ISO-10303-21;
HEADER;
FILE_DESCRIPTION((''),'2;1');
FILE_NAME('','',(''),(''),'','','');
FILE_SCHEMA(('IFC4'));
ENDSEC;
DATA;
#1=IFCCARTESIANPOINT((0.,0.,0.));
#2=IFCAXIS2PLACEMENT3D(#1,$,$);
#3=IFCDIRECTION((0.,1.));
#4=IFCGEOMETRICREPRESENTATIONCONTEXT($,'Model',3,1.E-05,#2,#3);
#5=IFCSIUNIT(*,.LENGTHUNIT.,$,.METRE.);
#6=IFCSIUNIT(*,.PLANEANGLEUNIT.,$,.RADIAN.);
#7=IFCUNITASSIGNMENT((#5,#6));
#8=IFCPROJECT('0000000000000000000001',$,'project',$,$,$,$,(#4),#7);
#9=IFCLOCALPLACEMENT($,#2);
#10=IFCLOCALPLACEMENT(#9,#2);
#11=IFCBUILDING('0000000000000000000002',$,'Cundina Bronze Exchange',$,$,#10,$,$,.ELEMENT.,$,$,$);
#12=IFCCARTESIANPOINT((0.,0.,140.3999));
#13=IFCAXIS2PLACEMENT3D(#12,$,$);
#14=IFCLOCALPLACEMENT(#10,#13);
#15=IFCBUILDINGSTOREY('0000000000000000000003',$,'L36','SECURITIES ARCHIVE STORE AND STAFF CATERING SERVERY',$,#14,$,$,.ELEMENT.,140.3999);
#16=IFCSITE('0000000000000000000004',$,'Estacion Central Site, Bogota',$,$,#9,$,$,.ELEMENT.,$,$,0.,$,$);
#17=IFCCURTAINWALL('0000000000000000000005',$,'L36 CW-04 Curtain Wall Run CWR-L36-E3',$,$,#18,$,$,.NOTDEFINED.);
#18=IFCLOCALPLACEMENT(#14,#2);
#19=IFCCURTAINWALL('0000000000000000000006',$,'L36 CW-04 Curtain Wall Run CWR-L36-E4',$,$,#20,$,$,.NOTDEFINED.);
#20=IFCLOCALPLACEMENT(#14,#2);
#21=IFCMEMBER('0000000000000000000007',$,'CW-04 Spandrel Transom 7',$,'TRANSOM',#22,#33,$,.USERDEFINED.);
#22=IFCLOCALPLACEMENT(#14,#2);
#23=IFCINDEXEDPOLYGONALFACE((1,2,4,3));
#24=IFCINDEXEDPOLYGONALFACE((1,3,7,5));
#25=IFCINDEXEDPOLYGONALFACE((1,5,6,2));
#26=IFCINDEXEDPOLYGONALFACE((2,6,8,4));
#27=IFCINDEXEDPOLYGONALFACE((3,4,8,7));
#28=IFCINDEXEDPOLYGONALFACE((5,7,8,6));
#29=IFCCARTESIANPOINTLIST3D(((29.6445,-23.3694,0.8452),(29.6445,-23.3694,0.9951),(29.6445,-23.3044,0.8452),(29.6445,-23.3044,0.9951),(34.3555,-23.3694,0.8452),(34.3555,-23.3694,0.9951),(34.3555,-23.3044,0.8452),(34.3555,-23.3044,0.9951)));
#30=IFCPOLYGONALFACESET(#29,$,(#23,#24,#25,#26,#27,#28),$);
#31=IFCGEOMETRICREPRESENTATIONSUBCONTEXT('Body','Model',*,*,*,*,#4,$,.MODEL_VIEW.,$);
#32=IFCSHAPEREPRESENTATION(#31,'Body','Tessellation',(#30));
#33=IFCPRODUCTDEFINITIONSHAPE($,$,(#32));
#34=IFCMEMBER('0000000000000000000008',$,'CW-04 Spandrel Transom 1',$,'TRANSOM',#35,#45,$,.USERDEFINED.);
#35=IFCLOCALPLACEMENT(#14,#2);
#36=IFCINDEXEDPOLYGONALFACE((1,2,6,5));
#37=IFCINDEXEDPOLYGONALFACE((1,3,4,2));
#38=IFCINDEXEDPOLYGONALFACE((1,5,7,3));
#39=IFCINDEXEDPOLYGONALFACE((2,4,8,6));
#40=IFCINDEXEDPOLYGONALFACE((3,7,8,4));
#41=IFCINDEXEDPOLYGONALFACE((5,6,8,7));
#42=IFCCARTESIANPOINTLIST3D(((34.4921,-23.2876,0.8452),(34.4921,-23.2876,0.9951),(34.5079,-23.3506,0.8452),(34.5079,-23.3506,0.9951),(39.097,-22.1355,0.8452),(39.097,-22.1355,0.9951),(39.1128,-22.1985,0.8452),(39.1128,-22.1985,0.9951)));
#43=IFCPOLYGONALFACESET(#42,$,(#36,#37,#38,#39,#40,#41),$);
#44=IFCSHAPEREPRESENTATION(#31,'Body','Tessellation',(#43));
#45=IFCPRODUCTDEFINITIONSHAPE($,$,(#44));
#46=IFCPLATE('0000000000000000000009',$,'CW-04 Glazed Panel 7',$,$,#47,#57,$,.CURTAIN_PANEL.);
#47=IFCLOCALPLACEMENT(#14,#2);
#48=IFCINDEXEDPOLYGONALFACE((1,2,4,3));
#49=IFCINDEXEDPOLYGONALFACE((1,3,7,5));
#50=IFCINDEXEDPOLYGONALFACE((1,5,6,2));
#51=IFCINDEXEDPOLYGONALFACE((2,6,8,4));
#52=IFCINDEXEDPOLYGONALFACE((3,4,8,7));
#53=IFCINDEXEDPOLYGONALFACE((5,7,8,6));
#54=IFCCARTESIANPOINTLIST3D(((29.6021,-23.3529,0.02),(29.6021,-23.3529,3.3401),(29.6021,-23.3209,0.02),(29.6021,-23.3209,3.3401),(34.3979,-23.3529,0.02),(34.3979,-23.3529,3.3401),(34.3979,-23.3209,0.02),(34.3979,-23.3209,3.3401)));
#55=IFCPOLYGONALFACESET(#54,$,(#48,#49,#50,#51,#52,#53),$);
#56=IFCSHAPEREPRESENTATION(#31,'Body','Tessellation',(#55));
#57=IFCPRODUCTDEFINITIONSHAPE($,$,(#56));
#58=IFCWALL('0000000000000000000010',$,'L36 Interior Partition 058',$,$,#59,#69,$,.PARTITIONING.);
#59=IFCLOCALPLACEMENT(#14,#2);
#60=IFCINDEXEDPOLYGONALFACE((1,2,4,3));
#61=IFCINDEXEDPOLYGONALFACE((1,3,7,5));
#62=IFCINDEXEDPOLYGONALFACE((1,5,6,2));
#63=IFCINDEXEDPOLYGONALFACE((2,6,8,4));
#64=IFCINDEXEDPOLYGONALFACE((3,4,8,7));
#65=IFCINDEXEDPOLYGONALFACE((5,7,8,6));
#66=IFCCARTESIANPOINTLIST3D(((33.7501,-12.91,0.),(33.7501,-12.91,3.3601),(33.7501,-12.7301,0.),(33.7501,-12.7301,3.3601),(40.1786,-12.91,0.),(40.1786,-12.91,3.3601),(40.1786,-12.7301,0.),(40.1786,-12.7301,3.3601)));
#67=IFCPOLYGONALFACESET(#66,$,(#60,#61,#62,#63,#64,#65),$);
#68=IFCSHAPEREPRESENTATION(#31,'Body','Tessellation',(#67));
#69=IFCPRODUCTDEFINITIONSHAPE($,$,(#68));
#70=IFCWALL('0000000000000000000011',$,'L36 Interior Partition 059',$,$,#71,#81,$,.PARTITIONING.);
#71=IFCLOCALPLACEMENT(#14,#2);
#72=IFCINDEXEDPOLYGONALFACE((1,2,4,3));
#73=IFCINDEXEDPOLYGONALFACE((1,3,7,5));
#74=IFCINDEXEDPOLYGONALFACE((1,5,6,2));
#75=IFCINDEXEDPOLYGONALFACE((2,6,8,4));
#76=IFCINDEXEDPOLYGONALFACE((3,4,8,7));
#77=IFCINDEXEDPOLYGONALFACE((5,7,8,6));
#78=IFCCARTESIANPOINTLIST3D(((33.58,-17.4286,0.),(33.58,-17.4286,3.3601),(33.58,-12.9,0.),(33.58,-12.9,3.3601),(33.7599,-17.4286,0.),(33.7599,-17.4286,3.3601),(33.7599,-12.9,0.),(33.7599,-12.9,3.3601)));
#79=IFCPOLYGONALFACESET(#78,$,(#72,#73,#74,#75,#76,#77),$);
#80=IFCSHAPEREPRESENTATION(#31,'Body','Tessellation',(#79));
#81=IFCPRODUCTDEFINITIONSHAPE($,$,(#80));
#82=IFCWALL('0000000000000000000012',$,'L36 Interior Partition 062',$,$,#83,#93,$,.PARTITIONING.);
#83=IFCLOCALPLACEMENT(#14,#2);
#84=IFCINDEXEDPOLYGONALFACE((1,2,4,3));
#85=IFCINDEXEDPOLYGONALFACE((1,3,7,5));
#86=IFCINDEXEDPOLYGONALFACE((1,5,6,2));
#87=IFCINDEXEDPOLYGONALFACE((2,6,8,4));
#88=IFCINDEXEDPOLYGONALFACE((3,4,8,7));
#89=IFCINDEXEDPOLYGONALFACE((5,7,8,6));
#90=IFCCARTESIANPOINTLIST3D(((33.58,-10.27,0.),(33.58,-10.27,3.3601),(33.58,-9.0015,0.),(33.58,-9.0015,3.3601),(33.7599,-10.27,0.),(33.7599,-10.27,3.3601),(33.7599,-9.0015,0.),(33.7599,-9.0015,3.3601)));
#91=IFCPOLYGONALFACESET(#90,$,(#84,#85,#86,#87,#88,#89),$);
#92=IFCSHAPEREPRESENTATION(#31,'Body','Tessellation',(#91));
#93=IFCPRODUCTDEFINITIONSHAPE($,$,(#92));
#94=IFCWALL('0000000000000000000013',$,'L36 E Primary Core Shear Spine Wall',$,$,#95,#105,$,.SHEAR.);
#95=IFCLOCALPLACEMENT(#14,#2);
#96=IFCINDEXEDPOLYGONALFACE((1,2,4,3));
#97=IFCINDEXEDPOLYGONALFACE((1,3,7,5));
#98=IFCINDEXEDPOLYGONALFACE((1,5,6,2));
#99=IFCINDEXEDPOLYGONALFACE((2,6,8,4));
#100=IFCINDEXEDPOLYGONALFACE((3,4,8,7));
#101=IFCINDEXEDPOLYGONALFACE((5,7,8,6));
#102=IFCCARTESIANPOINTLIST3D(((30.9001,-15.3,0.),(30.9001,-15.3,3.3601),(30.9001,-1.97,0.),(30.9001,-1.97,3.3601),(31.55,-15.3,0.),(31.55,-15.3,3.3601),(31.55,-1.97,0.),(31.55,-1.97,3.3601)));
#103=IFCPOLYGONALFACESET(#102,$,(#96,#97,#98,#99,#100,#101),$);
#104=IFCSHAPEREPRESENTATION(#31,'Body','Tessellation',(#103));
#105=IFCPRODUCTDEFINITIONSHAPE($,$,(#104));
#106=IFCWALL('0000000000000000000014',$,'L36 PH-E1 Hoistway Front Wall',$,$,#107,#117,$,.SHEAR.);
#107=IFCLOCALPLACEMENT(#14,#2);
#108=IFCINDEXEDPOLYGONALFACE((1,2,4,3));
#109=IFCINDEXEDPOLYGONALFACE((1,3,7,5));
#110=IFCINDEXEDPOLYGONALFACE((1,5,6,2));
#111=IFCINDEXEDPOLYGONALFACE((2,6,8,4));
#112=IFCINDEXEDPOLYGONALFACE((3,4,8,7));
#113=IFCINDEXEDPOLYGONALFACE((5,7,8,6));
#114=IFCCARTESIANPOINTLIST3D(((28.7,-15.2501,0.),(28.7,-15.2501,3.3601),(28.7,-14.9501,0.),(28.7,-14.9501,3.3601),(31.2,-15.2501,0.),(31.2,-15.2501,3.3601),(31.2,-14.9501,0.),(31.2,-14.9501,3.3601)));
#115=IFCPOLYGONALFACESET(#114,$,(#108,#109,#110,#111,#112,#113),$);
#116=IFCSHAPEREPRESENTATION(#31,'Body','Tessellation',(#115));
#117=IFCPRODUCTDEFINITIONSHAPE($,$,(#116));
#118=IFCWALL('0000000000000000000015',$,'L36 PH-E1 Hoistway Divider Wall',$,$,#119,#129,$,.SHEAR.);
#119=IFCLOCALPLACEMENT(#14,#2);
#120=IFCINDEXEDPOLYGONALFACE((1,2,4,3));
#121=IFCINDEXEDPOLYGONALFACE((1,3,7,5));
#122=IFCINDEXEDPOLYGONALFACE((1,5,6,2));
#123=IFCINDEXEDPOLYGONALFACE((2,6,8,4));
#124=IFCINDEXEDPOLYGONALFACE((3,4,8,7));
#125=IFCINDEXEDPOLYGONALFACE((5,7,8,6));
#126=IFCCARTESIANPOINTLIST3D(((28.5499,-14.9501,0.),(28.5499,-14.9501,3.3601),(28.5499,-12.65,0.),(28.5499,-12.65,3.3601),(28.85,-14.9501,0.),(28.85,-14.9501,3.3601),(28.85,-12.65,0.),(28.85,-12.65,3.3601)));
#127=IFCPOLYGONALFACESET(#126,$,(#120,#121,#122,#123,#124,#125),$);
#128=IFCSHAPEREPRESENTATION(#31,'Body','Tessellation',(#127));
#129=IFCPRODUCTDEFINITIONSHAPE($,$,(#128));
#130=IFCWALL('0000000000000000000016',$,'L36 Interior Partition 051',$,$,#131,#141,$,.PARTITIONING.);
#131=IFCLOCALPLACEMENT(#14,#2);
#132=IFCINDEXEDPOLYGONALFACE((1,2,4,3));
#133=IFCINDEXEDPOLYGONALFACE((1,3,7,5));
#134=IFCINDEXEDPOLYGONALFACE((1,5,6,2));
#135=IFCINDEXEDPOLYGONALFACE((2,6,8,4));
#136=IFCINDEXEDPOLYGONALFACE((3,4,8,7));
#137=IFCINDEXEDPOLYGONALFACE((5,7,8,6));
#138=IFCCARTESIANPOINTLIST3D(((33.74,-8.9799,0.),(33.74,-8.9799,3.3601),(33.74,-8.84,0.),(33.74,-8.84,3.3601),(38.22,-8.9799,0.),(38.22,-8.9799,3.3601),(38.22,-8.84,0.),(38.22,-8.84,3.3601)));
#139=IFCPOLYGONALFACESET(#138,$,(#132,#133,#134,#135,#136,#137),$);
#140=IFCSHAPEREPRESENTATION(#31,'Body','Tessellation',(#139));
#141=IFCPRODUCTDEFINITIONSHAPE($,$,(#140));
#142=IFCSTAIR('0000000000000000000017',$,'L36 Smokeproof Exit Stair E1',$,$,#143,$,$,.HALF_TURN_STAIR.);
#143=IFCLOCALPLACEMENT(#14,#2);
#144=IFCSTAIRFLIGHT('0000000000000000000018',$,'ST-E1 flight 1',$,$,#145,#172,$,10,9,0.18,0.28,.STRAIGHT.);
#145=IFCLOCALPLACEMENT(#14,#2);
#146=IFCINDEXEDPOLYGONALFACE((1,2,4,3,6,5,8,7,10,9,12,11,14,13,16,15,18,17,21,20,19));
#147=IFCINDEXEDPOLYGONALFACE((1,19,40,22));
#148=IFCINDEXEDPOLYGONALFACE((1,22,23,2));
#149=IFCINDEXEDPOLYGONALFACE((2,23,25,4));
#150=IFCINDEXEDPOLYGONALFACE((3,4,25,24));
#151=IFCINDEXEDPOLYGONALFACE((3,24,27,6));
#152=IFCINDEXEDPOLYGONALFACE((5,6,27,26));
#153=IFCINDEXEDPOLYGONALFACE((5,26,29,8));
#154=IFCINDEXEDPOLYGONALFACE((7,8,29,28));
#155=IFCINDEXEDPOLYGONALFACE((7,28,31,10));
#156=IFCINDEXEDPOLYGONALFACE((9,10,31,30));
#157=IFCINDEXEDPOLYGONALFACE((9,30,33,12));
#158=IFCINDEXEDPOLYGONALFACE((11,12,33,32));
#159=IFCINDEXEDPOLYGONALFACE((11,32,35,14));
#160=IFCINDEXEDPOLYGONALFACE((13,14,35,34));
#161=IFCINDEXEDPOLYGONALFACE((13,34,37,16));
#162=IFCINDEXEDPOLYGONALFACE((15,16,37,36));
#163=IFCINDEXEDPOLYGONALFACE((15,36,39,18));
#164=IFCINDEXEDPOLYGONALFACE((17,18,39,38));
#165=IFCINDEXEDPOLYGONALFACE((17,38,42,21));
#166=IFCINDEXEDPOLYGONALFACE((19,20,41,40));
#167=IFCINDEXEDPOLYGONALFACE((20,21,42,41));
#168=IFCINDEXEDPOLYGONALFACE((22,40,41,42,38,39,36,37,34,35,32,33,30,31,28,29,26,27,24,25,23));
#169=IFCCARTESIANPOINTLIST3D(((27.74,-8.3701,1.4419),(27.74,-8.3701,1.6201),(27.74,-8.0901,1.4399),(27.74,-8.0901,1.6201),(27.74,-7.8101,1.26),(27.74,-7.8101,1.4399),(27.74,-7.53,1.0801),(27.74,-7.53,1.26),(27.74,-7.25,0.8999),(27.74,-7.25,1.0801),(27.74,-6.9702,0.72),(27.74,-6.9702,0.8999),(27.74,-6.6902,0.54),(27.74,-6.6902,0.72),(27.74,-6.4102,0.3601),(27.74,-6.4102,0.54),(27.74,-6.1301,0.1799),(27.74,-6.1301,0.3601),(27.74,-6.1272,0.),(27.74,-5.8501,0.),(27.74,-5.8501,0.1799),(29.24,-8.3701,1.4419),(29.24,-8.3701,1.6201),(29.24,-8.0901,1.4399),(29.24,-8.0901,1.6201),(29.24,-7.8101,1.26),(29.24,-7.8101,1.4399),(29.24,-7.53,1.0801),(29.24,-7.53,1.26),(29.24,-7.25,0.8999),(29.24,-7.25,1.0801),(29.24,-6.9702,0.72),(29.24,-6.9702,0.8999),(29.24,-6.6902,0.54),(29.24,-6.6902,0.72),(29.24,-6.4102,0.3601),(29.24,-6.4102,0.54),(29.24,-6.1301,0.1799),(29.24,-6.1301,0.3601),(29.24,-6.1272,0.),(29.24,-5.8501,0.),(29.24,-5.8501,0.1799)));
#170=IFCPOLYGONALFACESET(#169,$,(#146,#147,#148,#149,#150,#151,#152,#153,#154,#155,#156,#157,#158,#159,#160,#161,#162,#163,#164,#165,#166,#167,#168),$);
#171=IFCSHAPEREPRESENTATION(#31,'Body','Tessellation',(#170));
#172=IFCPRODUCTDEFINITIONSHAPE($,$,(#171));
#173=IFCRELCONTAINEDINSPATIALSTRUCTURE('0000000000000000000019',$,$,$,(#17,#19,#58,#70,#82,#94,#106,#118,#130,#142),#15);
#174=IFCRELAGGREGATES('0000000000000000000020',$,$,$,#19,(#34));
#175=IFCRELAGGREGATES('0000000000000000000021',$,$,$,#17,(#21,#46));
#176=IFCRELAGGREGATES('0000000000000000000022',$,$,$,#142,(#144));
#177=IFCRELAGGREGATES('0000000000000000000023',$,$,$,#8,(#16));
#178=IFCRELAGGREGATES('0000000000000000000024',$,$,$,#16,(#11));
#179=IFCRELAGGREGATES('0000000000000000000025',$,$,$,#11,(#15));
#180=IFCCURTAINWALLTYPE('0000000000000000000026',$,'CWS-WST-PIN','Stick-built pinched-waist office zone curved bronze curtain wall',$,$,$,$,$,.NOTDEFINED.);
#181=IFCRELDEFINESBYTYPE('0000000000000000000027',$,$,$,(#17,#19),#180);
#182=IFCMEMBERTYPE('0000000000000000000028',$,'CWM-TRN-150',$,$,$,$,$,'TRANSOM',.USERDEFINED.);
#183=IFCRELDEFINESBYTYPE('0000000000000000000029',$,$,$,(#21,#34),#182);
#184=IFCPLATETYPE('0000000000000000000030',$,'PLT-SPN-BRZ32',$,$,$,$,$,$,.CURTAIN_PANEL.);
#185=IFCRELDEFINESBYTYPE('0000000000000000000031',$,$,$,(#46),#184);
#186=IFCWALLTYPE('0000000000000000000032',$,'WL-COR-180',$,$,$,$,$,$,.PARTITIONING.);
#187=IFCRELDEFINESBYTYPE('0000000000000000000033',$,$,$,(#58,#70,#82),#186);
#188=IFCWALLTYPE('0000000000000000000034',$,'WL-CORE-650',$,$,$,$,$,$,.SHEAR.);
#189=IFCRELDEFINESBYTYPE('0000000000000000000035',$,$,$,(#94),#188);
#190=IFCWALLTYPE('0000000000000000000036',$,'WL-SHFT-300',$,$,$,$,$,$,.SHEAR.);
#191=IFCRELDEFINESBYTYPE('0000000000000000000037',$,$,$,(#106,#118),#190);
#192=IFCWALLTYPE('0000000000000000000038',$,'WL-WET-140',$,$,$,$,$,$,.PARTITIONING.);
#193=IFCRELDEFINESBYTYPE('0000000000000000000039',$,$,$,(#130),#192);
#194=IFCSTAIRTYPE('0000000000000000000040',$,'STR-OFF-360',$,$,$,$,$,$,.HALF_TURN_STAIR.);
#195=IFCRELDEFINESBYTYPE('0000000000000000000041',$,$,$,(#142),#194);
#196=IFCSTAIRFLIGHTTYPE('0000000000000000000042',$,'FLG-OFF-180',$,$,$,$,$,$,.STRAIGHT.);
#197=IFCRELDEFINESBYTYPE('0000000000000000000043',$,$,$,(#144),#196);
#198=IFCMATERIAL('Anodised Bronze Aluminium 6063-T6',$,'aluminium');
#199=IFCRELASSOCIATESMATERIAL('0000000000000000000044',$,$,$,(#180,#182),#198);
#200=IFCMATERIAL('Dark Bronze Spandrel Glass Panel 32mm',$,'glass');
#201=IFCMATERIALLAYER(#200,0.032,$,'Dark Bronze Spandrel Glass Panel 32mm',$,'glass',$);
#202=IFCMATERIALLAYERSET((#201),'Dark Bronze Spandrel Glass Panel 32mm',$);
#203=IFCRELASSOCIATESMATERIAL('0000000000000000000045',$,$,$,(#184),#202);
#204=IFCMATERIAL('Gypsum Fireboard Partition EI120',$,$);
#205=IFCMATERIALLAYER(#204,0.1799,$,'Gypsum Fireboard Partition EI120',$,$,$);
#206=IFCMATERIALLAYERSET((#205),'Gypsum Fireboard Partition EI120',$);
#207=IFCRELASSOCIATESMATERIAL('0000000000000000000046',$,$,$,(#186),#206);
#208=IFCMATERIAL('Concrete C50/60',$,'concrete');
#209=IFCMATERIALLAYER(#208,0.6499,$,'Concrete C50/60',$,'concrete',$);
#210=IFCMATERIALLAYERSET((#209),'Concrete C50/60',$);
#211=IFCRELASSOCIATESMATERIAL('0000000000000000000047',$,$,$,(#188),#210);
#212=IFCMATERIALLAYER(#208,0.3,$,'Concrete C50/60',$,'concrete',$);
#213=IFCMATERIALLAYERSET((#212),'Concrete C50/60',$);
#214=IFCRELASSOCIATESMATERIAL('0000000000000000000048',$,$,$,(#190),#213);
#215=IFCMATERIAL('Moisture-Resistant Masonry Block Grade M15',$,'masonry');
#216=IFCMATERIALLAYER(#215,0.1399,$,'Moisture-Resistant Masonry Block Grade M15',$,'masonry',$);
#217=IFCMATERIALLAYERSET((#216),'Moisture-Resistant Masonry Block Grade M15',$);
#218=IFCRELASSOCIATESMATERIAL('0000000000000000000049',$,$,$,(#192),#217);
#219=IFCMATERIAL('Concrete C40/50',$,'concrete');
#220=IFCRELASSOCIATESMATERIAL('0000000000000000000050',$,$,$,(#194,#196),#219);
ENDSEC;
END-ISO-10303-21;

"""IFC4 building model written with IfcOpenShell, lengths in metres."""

from ifc_helpers import new_model, si_unit, direction, frame, frame_2d, origin, origin_2d, place, context, subcontext, project, spatial, polyline, rectangle, outline, extrude, material, layer, layer_set, material_profile, profile_set, type_object, element, aggregate, save


model = new_model("IFC4")

# Units and contexts
model_context = context("Model", 3, precision=1e-05, world=origin(), true_north=direction((0.0, 1.0)))
body_context = subcontext(model_context, "Body", "Model", "MODEL_VIEW")
ifc_project = project(units=[si_unit("LENGTHUNIT", "METRE"), si_unit("PLANEANGLEUNIT", "RADIAN")], contexts=[model_context])

# Site, building, storey
site_placement = place(None, origin())
site = spatial("IfcSite", under=ifc_project, at=site_placement, Name="Estacion Central Site, Bogota", CompositionType="ELEMENT", RefElevation=0.0)
building_placement = place(site_placement, origin())
building = spatial("IfcBuilding", under=site, at=building_placement, Name="Cundina Bronze Exchange", CompositionType="ELEMENT")
storey_placement = place(building_placement, frame((0.0, 0.0, 140.3999)))
storey = spatial("IfcBuildingStorey", under=building, at=storey_placement, Name="L36", Description="SECURITIES ARCHIVE STORE AND STAFF CATERING SERVERY", CompositionType="ELEMENT", Elevation=140.3999)

# Shared definitions
ifc_material_1 = material(Name="Concrete C50/60", Category="concrete")

# Curtain wall
ifc_material_2 = material(Name="Anodised Bronze Aluminium 6063-T6", Category="aluminium")
curtain_wall_type = type_object("IfcCurtainWallType", Name="CWS-WST-PIN", Description="Stick-built pinched-waist office zone curved bronze curtain wall", PredefinedType="NOTDEFINED", material=ifc_material_2)
curtain_wall_1_placement = place(storey_placement, origin())
curtain_wall_1 = element("IfcCurtainWall", 1, at=curtain_wall_1_placement, inside=storey, type_object=curtain_wall_type, Name="L36 CW-04 Curtain Wall Run CWR-L36-E3", PredefinedType="NOTDEFINED")

# Curtain wall
curtain_wall_2_placement = place(storey_placement, origin())
curtain_wall_2 = element("IfcCurtainWall", 2, at=curtain_wall_2_placement, inside=storey, type_object=curtain_wall_type, Name="L36 CW-04 Curtain Wall Run CWR-L36-E4", PredefinedType="NOTDEFINED")

# Members
ifc_material_profile_1 = material_profile(ifc_material_2, rectangle(XDim=0.0649, YDim=0.1499, at=origin_2d()), Name="AL65X150", Category="aluminium")
ifc_profile_set_1 = profile_set([ifc_material_profile_1], Name="Anodised Bronze Aluminium 6063-T6")
member_type_1 = type_object("IfcMemberType", Name="CWM-TRN-150", ElementType="TRANSOM", PredefinedType="USERDEFINED", material=ifc_profile_set_1)
member_1_placement = place(storey_placement, frame((29.6445, -23.3369, 0.9202), z_axis=(1.0, 0.0, 0.0), x_axis=(0.0, 1.0, 0.0)))
member_1 = element("IfcMember", 3, at=member_1_placement, type_object=member_type_1, Name="CW-04 Spandrel Transom 7", ObjectType="TRANSOM", PredefinedType="USERDEFINED", context=body_context, shape_type="SweptSolid", body=[
    extrude(rectangle(XDim=0.0649, YDim=0.1499, at=origin_2d()), origin(), (0.0, 0.0, 1.0), 4.7109),
])
member_2_placement = place(storey_placement, frame((34.5, -23.3191, 0.9202), z_axis=(0.9701, 0.242705, 0.0), x_axis=(-0.242705, 0.9701, 0.0)))
member_2 = element("IfcMember", 4, at=member_2_placement, type_object=member_type_1, Name="CW-04 Spandrel Transom 1", ObjectType="TRANSOM", PredefinedType="USERDEFINED", context=body_context, shape_type="SweptSolid", body=[
    extrude(rectangle(XDim=0.0649, YDim=0.1499, at=origin_2d()), origin(), (0.0, 0.0, 1.0), 4.7468),
])
aggregate(curtain_wall_2, [member_2])

# Plate
ifc_material_3 = material(Name="Dark Bronze Spandrel Glass Panel 32mm", Category="glass")
ifc_layer_1 = layer(ifc_material_3, 0.032, Name="Dark Bronze Spandrel Glass Panel 32mm", Category="glass")
ifc_layer_set_1 = layer_set([ifc_layer_1], Name="Dark Bronze Spandrel Glass Panel 32mm")
plate_type = type_object("IfcPlateType", Name="PLT-SPN-BRZ32", PredefinedType="CURTAIN_PANEL", material=ifc_layer_set_1)
plate_placement = place(storey_placement, frame((32.0, -23.3369, 0.02), z_axis=(0.0, 0.0, 1.0), x_axis=(1.0, 0.0, 0.0)))
plate = element("IfcPlate", 5, at=plate_placement, type_object=plate_type, Name="CW-04 Glazed Panel 7", PredefinedType="CURTAIN_PANEL", context=body_context, shape_type="SweptSolid", body=[
    extrude(rectangle(XDim=4.7959, YDim=0.032, at=origin_2d()), origin(), (0.0, 0.0, 1.0), 3.3201),
])
aggregate(curtain_wall_1, [member_1, plate])

# Shared definitions
ifc_material_4 = material(Name="Gypsum Fireboard Partition EI120")
ifc_layer_2 = layer(ifc_material_4, 0.1799, Name="Gypsum Fireboard Partition EI120")
ifc_layer_set_2 = layer_set([ifc_layer_2], Name="Gypsum Fireboard Partition EI120")
wall_type_1 = type_object("IfcWallType", Name="WL-COR-180", PredefinedType="PARTITIONING", material=ifc_layer_set_2)

# Walls
wall_1_placement = place(storey_placement, frame((33.75, -12.8201, 0.0), z_axis=(0.0, 0.0, 1.0), x_axis=(1.0, 0.0, 0.0)))
element("IfcWall", 6, at=wall_1_placement, inside=storey, type_object=wall_type_1, Name="L36 Interior Partition 058", PredefinedType="PARTITIONING", context=body_context, shape_type="SweptSolid", body=[
    extrude(rectangle(XDim=6.4285, YDim=0.1799, at=frame_2d((3.2144, 0.0))), origin(), (0.0, 0.0, 1.0), 3.3601),
])
wall_2_placement = place(storey_placement, frame((33.6699, -17.4285, 0.0), z_axis=(0.0, 0.0, 1.0), x_axis=(0.0, 1.0, 0.0)))
element("IfcWall", 7, at=wall_2_placement, inside=storey, type_object=wall_type_1, Name="L36 Interior Partition 059", PredefinedType="PARTITIONING", context=body_context, shape_type="SweptSolid", body=[
    extrude(rectangle(XDim=4.5286, YDim=0.1799, at=frame_2d((2.2642, 0.0))), origin(), (0.0, 0.0, 1.0), 3.3601),
])
wall_3_placement = place(storey_placement, frame((33.6699, -10.27, 0.0), z_axis=(0.0, 0.0, 1.0), x_axis=(0.0, 1.0, 0.0)))
element("IfcWall", 8, at=wall_3_placement, inside=storey, type_object=wall_type_1, Name="L36 Interior Partition 062", PredefinedType="PARTITIONING", context=body_context, shape_type="SweptSolid", body=[
    extrude(rectangle(XDim=1.2686, YDim=0.1799, at=frame_2d((0.6343, 0.0))), origin(), (0.0, 0.0, 1.0), 3.3601),
])
ifc_layer_3 = layer(ifc_material_1, 0.6499, Name="Concrete C50/60", Category="concrete")
ifc_layer_set_3 = layer_set([ifc_layer_3], Name="Concrete C50/60")
wall_type_2 = type_object("IfcWallType", Name="WL-CORE-650", PredefinedType="SHEAR", material=ifc_layer_set_3)
wall_4_placement = place(storey_placement, frame((31.2251, -15.3, 0.0), z_axis=(0.0, 0.0, 1.0), x_axis=(0.0, 1.0, 0.0)))
element("IfcWall", 9, at=wall_4_placement, inside=storey, type_object=wall_type_2, Name="L36 E Primary Core Shear Spine Wall", PredefinedType="SHEAR", context=body_context, shape_type="SweptSolid", body=[
    extrude(rectangle(XDim=13.3301, YDim=0.6499, at=frame_2d((6.665, 0.0))), origin(), (0.0, 0.0, 1.0), 3.3601),
])
ifc_layer_4 = layer(ifc_material_1, 0.3, Name="Concrete C50/60", Category="concrete")
ifc_layer_set_4 = layer_set([ifc_layer_4], Name="Concrete C50/60")
wall_type_3 = type_object("IfcWallType", Name="WL-SHFT-300", PredefinedType="SHEAR", material=ifc_layer_set_4)
wall_5_placement = place(storey_placement, frame((28.7, -15.1001, 0.0), z_axis=(0.0, 0.0, 1.0), x_axis=(1.0, 0.0, 0.0)))
element("IfcWall", 10, at=wall_5_placement, inside=storey, type_object=wall_type_3, Name="L36 PH-E1 Hoistway Front Wall", PredefinedType="SHEAR", context=body_context, shape_type="SweptSolid", body=[
    extrude(rectangle(XDim=2.5, YDim=0.3, at=frame_2d((1.25, 0.0))), origin(), (0.0, 0.0, 1.0), 3.3601),
])
wall_6_placement = place(storey_placement, frame((28.7, -14.95, 0.0), z_axis=(0.0, 0.0, 1.0), x_axis=(0.0, 1.0, 0.0)))
element("IfcWall", 11, at=wall_6_placement, inside=storey, type_object=wall_type_3, Name="L36 PH-E1 Hoistway Divider Wall", PredefinedType="SHEAR", context=body_context, shape_type="SweptSolid", body=[
    extrude(rectangle(XDim=2.3, YDim=0.3, at=frame_2d((1.1499, 0.0))), origin(), (0.0, 0.0, 1.0), 3.3601),
])
ifc_material_5 = material(Name="Moisture-Resistant Masonry Block Grade M15", Category="masonry")
ifc_layer_5 = layer(ifc_material_5, 0.1399, Name="Moisture-Resistant Masonry Block Grade M15", Category="masonry")
ifc_layer_set_5 = layer_set([ifc_layer_5], Name="Moisture-Resistant Masonry Block Grade M15")
wall_type_4 = type_object("IfcWallType", Name="WL-WET-140", PredefinedType="PARTITIONING", material=ifc_layer_set_5)
wall_7_placement = place(storey_placement, frame((33.74, -8.9099, 0.0), z_axis=(0.0, 0.0, 1.0), x_axis=(1.0, 0.0, 0.0)))
element("IfcWall", 12, at=wall_7_placement, inside=storey, type_object=wall_type_4, Name="L36 Interior Partition 051", PredefinedType="PARTITIONING", context=body_context, shape_type="SweptSolid", body=[
    extrude(rectangle(XDim=4.48, YDim=0.1399, at=frame_2d((2.24, 0.0))), origin(), (0.0, 0.0, 1.0), 3.3601),
])

# Stair, stair flight
ifc_material_6 = material(Name="Concrete C40/50", Category="concrete")
stair_type = type_object("IfcStairType", Name="STR-OFF-360", PredefinedType="HALF_TURN_STAIR", material=ifc_material_6)
stair_placement = place(storey_placement, origin())
stair = element("IfcStair", 13, at=stair_placement, inside=storey, type_object=stair_type, Name="L36 Smokeproof Exit Stair E1", PredefinedType="HALF_TURN_STAIR")
stair_flight_type = type_object("IfcStairFlightType", Name="FLG-OFF-180", PredefinedType="STRAIGHT", material=ifc_material_6)
stair_flight_1_placement = place(storey_placement, frame((28.49, -5.8501, 0.0), z_axis=(0.0, 0.0, 1.0), x_axis=(0.0, -1.0, 0.0)))
stair_flight_1 = element("IfcStairFlight", 14, at=stair_flight_1_placement, type_object=stair_flight_type, Name="ST-E1 flight 1", NumberOfRisers=10, NumberOfTreads=9, PredefinedType="STRAIGHT", RiserHeight=0.18, TreadLength=0.28, context=body_context, shape_type="SweptSolid", body=[
    extrude(outline(polyline([(0.0, 0.0), (0.0, 0.1799), (0.28, 0.1799), (0.28, 0.3601), (0.5601, 0.3601), (0.5601, 0.54), (0.8401, 0.54), (0.8401, 0.72), (1.1201, 0.72), (1.1201, 0.8999), (1.3999, 0.8999), (1.3999, 1.0801), (1.6799, 1.0801), (1.6799, 1.26), (1.96, 1.26), (1.96, 1.4399), (2.24, 1.4399), (2.24, 1.6201), (2.52, 1.6201), (2.52, 1.8), (2.52, 1.4419), (0.2771, 0.0), (0.0, 0.0)])), frame((0.0, 0.75, 0.0), z_axis=(0.0, -1.0, 0.0), x_axis=(1.0, 0.0, 0.0)), (0.0, 0.0, 1.0), 1.5),
])
aggregate(stair, [stair_flight_1])

save(model, "model.ifc")
